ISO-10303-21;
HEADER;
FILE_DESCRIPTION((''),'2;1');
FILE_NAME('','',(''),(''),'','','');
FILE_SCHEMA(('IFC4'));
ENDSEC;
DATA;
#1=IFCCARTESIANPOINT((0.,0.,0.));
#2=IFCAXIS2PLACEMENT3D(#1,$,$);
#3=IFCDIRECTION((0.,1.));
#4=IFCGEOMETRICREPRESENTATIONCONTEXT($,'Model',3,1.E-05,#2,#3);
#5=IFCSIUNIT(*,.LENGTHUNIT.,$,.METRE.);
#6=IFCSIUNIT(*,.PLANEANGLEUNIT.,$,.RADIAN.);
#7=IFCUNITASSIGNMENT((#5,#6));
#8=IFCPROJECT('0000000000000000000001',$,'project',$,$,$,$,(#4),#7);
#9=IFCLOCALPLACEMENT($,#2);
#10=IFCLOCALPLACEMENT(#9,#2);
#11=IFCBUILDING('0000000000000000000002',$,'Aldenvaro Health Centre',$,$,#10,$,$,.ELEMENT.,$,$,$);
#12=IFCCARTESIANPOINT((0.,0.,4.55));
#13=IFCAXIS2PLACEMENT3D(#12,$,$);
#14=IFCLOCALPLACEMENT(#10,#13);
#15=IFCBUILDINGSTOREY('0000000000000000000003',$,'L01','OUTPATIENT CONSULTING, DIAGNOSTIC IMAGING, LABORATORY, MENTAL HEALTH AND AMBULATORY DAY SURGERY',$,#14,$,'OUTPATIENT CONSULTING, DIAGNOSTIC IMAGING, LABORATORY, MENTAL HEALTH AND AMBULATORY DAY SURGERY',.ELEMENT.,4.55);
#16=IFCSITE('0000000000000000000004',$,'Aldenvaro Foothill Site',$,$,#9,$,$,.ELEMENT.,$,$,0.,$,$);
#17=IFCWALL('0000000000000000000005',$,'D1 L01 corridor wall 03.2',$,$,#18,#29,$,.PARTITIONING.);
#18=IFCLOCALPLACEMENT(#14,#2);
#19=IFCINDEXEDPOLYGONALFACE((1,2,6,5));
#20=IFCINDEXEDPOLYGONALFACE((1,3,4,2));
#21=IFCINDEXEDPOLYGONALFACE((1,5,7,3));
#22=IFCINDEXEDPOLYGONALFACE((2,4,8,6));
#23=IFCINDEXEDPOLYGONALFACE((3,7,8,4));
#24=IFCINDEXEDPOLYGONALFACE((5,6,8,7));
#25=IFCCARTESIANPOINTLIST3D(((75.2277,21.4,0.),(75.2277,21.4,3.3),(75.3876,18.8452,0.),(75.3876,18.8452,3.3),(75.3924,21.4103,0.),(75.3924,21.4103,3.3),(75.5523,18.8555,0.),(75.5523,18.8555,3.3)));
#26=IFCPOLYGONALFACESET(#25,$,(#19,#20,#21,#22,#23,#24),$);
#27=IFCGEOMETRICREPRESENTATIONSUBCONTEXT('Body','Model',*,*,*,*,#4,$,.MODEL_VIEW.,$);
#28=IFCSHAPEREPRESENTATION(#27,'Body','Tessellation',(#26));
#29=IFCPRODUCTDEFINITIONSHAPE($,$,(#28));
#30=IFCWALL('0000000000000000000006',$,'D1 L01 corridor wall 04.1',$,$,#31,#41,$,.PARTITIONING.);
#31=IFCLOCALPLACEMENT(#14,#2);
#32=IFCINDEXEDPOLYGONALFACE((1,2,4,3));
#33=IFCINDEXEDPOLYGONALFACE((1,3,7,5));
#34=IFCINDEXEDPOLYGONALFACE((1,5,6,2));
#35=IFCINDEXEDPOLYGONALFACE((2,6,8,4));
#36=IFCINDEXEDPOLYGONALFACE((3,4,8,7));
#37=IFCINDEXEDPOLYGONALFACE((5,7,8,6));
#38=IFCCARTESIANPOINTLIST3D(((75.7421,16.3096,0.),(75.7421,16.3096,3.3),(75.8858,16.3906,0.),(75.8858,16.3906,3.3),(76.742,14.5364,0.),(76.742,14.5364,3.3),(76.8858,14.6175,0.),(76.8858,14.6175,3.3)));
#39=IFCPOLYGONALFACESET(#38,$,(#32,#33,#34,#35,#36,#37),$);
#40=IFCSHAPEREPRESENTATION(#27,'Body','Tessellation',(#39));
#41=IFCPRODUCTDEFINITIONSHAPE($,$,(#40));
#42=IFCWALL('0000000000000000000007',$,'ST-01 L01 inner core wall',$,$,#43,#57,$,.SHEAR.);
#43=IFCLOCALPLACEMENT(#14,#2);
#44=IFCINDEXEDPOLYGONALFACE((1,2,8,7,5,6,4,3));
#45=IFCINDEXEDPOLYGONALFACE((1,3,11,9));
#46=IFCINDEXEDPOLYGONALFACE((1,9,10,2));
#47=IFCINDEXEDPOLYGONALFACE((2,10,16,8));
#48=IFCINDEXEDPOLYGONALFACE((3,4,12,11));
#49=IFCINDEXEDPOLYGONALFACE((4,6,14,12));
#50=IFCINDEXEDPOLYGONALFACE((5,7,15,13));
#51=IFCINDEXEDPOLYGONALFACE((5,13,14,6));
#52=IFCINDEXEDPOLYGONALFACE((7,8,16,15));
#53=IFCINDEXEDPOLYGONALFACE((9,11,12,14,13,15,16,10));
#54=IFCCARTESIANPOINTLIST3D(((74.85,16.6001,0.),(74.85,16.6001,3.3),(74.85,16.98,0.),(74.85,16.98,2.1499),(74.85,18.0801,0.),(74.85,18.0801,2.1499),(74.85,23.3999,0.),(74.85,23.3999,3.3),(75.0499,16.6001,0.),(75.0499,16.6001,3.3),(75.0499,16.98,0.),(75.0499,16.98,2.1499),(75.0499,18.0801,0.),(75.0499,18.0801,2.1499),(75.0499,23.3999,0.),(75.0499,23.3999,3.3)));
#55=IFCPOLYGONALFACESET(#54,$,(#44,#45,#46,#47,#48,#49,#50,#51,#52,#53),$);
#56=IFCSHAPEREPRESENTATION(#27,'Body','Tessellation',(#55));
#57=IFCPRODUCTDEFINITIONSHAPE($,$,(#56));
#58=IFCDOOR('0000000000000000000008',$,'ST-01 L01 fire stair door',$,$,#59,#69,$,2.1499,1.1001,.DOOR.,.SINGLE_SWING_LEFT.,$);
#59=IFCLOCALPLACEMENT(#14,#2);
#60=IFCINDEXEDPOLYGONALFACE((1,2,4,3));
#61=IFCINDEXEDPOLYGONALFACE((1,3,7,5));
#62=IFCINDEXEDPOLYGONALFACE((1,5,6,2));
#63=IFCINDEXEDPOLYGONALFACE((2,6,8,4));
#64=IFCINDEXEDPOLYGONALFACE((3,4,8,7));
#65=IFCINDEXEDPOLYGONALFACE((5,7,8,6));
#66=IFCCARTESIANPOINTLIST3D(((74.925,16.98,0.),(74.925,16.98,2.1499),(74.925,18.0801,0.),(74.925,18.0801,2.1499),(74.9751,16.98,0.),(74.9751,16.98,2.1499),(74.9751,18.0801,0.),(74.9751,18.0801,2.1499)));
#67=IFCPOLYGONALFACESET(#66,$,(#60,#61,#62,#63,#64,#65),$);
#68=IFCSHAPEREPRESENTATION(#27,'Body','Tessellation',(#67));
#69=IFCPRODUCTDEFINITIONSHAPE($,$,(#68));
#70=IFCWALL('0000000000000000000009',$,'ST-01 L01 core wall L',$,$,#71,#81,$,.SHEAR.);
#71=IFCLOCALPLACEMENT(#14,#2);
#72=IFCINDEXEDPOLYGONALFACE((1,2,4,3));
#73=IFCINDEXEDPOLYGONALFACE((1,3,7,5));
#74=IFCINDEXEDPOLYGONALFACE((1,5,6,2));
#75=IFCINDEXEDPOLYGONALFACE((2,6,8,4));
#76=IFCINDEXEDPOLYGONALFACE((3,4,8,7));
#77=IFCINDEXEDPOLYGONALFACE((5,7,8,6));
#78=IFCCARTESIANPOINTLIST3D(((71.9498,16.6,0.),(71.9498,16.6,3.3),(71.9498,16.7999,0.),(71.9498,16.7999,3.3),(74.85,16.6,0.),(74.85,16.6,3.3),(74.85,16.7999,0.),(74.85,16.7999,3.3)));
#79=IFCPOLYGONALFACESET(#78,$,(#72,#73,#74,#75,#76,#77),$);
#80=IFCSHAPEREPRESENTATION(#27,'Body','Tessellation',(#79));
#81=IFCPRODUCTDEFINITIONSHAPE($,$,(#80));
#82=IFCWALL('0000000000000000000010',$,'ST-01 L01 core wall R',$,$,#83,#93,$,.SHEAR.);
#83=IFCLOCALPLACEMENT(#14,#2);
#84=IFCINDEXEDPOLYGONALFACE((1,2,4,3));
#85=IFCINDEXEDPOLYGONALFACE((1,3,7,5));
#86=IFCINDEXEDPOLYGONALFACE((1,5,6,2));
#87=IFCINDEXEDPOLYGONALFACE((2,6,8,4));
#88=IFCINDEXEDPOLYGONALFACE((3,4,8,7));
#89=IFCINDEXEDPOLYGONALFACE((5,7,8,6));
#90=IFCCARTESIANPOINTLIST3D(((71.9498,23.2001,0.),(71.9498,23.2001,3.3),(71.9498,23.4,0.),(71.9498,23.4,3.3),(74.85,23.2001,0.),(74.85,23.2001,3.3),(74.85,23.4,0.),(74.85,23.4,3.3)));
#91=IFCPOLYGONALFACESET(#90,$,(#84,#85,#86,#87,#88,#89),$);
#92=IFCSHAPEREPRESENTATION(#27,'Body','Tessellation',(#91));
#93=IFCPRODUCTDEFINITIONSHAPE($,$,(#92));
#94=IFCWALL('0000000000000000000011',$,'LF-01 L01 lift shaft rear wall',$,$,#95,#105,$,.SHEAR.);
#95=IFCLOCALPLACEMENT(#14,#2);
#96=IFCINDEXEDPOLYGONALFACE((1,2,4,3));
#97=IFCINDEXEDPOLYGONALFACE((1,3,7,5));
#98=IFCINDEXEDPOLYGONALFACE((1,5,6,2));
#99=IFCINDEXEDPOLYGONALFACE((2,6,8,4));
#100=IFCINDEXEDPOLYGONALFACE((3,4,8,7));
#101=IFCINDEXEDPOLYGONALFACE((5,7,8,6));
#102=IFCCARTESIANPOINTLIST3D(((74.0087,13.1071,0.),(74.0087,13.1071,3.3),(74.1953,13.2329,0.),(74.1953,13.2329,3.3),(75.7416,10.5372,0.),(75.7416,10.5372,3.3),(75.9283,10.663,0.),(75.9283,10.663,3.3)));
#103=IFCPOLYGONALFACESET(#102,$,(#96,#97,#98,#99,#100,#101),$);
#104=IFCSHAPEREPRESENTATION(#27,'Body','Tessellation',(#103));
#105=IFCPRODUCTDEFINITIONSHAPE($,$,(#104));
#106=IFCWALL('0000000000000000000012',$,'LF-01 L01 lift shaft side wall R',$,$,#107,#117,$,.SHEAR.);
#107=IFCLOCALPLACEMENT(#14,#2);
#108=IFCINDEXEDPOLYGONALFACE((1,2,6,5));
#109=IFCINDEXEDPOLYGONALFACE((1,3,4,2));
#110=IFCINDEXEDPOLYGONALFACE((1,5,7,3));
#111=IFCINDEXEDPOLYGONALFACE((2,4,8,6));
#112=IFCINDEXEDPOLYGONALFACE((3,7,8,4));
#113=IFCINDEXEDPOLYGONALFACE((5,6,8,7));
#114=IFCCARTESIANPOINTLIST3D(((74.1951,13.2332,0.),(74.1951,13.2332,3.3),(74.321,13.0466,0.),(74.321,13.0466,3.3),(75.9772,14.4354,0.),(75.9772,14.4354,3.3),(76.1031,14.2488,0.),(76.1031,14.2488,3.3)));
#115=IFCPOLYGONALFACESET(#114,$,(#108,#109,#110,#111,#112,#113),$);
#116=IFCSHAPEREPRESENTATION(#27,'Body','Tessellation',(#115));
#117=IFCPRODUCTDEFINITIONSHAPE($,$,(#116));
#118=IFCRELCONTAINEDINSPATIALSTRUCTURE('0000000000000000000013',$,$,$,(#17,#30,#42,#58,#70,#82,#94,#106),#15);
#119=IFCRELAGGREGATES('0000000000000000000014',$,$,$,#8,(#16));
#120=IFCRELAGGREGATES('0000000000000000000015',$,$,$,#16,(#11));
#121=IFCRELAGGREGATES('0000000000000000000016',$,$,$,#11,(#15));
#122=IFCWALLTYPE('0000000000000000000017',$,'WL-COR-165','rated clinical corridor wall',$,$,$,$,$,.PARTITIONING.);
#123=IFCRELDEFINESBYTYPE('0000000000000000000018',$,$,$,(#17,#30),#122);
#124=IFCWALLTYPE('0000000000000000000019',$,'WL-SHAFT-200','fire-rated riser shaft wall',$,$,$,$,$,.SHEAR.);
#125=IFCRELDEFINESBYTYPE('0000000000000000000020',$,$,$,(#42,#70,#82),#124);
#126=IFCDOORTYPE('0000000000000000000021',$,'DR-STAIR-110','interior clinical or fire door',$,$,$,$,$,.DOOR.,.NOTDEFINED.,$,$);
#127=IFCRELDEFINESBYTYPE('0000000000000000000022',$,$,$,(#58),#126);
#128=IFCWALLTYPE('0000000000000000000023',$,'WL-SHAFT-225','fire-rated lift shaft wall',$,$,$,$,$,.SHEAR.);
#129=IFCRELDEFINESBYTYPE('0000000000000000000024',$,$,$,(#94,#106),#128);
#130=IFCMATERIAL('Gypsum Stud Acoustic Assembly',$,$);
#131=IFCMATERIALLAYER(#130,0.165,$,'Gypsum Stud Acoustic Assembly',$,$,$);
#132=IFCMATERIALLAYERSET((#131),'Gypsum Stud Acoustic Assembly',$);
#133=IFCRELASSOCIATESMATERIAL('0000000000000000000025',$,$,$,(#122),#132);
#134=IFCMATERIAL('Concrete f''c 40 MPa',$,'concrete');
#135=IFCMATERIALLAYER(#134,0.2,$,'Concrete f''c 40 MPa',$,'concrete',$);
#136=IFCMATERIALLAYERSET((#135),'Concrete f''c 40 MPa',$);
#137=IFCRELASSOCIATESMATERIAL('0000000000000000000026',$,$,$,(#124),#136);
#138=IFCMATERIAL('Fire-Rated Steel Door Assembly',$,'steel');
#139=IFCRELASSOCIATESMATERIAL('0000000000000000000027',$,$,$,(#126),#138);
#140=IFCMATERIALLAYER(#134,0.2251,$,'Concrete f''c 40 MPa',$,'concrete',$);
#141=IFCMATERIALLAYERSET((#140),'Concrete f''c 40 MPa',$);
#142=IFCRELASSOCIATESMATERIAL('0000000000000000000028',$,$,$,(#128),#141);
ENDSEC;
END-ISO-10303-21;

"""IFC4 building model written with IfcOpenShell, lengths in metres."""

from ifc_helpers import new_model, si_unit, direction, frame, frame_2d, origin, place, context, subcontext, project, spatial, rectangle, extrude, material, layer, layer_set, type_object, element, fill, save


model = new_model("IFC4")

# Units and contexts
model_context = context("Model", 3, precision=1e-05, world=origin(), true_north=direction((0.0, 1.0)))
body_context = subcontext(model_context, "Body", "Model", "MODEL_VIEW")
ifc_project = project(units=[si_unit("LENGTHUNIT", "METRE"), si_unit("PLANEANGLEUNIT", "RADIAN")], contexts=[model_context])

# Site, building, storey
site_placement = place(None, origin())
site = spatial("IfcSite", under=ifc_project, at=site_placement, Name="Aldenvaro Foothill Site", CompositionType="ELEMENT", RefElevation=0.0)
building_placement = place(site_placement, origin())
building = spatial("IfcBuilding", under=site, at=building_placement, Name="Aldenvaro Health Centre", CompositionType="ELEMENT")
storey_placement = place(building_placement, frame((0.0, 0.0, 4.55)))
storey = spatial("IfcBuildingStorey", under=building, at=storey_placement, Name="L01", Description="OUTPATIENT CONSULTING, DIAGNOSTIC IMAGING, LABORATORY, MENTAL HEALTH AND AMBULATORY DAY SURGERY", LongName="OUTPATIENT CONSULTING, DIAGNOSTIC IMAGING, LABORATORY, MENTAL HEALTH AND AMBULATORY DAY SURGERY", CompositionType="ELEMENT", Elevation=4.55)

# Walls
ifc_material_1 = material(Name="Gypsum Stud Acoustic Assembly")
ifc_layer_1 = layer(ifc_material_1, 0.165, Name="Gypsum Stud Acoustic Assembly")
ifc_layer_set_1 = layer_set([ifc_layer_1], Name="Gypsum Stud Acoustic Assembly")
wall_type_1 = type_object("IfcWallType", Name="WL-COR-165", Description="rated clinical corridor wall", PredefinedType="PARTITIONING", material=ifc_layer_set_1)
wall_1_placement = place(storey_placement, frame((75.3101, 21.405, 0.0), z_axis=(0.0, 0.0, 1.0), x_axis=(0.062467, -0.998047, 0.0)))
element("IfcWall", 1, at=wall_1_placement, inside=storey, type_object=wall_type_1, Name="D1 L01 corridor wall 03.2", PredefinedType="PARTITIONING", context=body_context, shape_type="SweptSolid", body=[
    extrude(rectangle(XDim=2.5598, YDim=0.165, at=frame_2d((1.2798, 0.0))), origin(), (0.0, 0.0, 1.0), 3.3),
])
wall_2_placement = place(storey_placement, frame((75.814, 16.3501, 0.0), z_axis=(0.0, 0.0, 1.0), x_axis=(0.491223, -0.871034, 0.0)))
element("IfcWall", 2, at=wall_2_placement, inside=storey, type_object=wall_type_1, Name="D1 L01 corridor wall 04.1", PredefinedType="PARTITIONING", context=body_context, shape_type="SweptSolid", body=[
    extrude(rectangle(XDim=2.0356, YDim=0.165, at=frame_2d((1.0178, 0.0))), origin(), (0.0, 0.0, 1.0), 3.3),
])

# Wall, opening, door
ifc_material_2 = material(Name="Concrete f'c 40 MPa", Category="concrete")
ifc_layer_2 = layer(ifc_material_2, 0.2, Name="Concrete f'c 40 MPa", Category="concrete")
ifc_layer_set_2 = layer_set([ifc_layer_2], Name="Concrete f'c 40 MPa")
wall_type_2 = type_object("IfcWallType", Name="WL-SHAFT-200", Description="fire-rated riser shaft wall", PredefinedType="SHEAR", material=ifc_layer_set_2)
wall_3_placement = place(storey_placement, frame((74.95, 16.6001, 0.0), z_axis=(0.0, 0.0, 1.0), x_axis=(0.0, 1.0, 0.0)))
wall_3 = element("IfcWall", 3, at=wall_3_placement, inside=storey, type_object=wall_type_2, Name="ST-01 L01 inner core wall", PredefinedType="SHEAR", context=body_context, shape_type="SweptSolid", body=[
    extrude(rectangle(XDim=6.7998, YDim=0.2, at=frame_2d((3.3999, 0.0))), origin(), (0.0, 0.0, 1.0), 3.3),
])
opening_placement = place(wall_3_placement, frame((0.3799, 0.0, 0.0)))
opening = element("IfcOpeningElement", 4, at=opening_placement, cuts=wall_3, PredefinedType="OPENING", context=body_context, shape_type="SweptSolid", body=[
    extrude(rectangle(XDim=1.1001, YDim=2.1499, at=frame_2d((0.55, 1.075))), frame((0.0, 0.1099, 0.0), z_axis=(0.0, -1.0, 0.0), x_axis=(1.0, 0.0, 0.0)), (0.0, 0.0, 1.0), 0.22),
])
ifc_material_3 = material(Name="Fire-Rated Steel Door Assembly", Category="steel")
door_type = type_object("IfcDoorType", Name="DR-STAIR-110", Description="interior clinical or fire door", OperationType="NOTDEFINED", PredefinedType="DOOR", material=ifc_material_3)
door_placement = place(opening_placement, origin())
door = element("IfcDoor", 5, at=door_placement, inside=storey, type_object=door_type, Name="ST-01 L01 fire stair door", OperationType="SINGLE_SWING_LEFT", OverallHeight=2.1499, OverallWidth=1.1001, PredefinedType="DOOR", context=body_context, shape_type="SweptSolid", body=[
    extrude(rectangle(XDim=1.1001, YDim=2.1499, at=frame_2d((0.55, 1.075))), frame((0.0, 0.0249, 0.0), z_axis=(0.0, -1.0, 0.0), x_axis=(1.0, 0.0, 0.0)), (0.0, 0.0, 1.0), 0.05),
])
fill(opening, door)

# Walls
for number, where, z_axis, x_axis, name in (
    (6, (74.8501, 16.7, 0.0), (0.0, 0.0, 1.0), (-1.0, 0.0, 0.0), "ST-01 L01 core wall L"),
    (7, (74.8501, 23.3, 0.0), (0.0, 0.0, 1.0), (-1.0, 0.0, 0.0), "ST-01 L01 core wall R"),
):
    element("IfcWall", number, at=place(storey_placement, frame(where, z_axis=z_axis, x_axis=x_axis)), inside=storey, type_object=wall_type_2, Name=name, PredefinedType="SHEAR", context=body_context, shape_type="SweptSolid", body=[
        extrude(rectangle(XDim=2.9001, YDim=0.2, at=frame_2d((1.4502, 0.0))), origin(), (0.0, 0.0, 1.0), 3.3),
    ])
ifc_layer_3 = layer(ifc_material_2, 0.2251, Name="Concrete f'c 40 MPa", Category="concrete")
ifc_layer_set_3 = layer_set([ifc_layer_3], Name="Concrete f'c 40 MPa")
wall_type_3 = type_object("IfcWallType", Name="WL-SHAFT-225", Description="fire-rated lift shaft wall", PredefinedType="SHEAR", material=ifc_layer_set_3)
wall_4_placement = place(storey_placement, frame((75.835, 10.6001, 0.0), z_axis=(0.0, 0.0, 1.0), x_axis=(-0.559091, 0.829106, 0.0)))
element("IfcWall", 8, at=wall_4_placement, inside=storey, type_object=wall_type_3, Name="LF-01 L01 lift shaft rear wall", PredefinedType="SHEAR", context=body_context, shape_type="SweptSolid", body=[
    extrude(rectangle(XDim=3.0996, YDim=0.2251, at=frame_2d((1.5498, 0.0))), origin(), (0.0, 0.0, 1.0), 3.3),
])
wall_5_placement = place(storey_placement, frame((76.04, 14.342, 0.0), z_axis=(0.0, 0.0, 1.0), x_axis=(-0.828997, -0.559252, 0.0)))
element("IfcWall", 9, at=wall_5_placement, inside=storey, type_object=wall_type_3, Name="LF-01 L01 lift shaft side wall R", PredefinedType="SHEAR", context=body_context, shape_type="SweptSolid", body=[
    extrude(rectangle(XDim=2.1497, YDim=0.2251, at=frame_2d((1.0747, 0.0))), origin(), (0.0, 0.0, 1.0), 3.3),
])

save(model, "model.ifc")
